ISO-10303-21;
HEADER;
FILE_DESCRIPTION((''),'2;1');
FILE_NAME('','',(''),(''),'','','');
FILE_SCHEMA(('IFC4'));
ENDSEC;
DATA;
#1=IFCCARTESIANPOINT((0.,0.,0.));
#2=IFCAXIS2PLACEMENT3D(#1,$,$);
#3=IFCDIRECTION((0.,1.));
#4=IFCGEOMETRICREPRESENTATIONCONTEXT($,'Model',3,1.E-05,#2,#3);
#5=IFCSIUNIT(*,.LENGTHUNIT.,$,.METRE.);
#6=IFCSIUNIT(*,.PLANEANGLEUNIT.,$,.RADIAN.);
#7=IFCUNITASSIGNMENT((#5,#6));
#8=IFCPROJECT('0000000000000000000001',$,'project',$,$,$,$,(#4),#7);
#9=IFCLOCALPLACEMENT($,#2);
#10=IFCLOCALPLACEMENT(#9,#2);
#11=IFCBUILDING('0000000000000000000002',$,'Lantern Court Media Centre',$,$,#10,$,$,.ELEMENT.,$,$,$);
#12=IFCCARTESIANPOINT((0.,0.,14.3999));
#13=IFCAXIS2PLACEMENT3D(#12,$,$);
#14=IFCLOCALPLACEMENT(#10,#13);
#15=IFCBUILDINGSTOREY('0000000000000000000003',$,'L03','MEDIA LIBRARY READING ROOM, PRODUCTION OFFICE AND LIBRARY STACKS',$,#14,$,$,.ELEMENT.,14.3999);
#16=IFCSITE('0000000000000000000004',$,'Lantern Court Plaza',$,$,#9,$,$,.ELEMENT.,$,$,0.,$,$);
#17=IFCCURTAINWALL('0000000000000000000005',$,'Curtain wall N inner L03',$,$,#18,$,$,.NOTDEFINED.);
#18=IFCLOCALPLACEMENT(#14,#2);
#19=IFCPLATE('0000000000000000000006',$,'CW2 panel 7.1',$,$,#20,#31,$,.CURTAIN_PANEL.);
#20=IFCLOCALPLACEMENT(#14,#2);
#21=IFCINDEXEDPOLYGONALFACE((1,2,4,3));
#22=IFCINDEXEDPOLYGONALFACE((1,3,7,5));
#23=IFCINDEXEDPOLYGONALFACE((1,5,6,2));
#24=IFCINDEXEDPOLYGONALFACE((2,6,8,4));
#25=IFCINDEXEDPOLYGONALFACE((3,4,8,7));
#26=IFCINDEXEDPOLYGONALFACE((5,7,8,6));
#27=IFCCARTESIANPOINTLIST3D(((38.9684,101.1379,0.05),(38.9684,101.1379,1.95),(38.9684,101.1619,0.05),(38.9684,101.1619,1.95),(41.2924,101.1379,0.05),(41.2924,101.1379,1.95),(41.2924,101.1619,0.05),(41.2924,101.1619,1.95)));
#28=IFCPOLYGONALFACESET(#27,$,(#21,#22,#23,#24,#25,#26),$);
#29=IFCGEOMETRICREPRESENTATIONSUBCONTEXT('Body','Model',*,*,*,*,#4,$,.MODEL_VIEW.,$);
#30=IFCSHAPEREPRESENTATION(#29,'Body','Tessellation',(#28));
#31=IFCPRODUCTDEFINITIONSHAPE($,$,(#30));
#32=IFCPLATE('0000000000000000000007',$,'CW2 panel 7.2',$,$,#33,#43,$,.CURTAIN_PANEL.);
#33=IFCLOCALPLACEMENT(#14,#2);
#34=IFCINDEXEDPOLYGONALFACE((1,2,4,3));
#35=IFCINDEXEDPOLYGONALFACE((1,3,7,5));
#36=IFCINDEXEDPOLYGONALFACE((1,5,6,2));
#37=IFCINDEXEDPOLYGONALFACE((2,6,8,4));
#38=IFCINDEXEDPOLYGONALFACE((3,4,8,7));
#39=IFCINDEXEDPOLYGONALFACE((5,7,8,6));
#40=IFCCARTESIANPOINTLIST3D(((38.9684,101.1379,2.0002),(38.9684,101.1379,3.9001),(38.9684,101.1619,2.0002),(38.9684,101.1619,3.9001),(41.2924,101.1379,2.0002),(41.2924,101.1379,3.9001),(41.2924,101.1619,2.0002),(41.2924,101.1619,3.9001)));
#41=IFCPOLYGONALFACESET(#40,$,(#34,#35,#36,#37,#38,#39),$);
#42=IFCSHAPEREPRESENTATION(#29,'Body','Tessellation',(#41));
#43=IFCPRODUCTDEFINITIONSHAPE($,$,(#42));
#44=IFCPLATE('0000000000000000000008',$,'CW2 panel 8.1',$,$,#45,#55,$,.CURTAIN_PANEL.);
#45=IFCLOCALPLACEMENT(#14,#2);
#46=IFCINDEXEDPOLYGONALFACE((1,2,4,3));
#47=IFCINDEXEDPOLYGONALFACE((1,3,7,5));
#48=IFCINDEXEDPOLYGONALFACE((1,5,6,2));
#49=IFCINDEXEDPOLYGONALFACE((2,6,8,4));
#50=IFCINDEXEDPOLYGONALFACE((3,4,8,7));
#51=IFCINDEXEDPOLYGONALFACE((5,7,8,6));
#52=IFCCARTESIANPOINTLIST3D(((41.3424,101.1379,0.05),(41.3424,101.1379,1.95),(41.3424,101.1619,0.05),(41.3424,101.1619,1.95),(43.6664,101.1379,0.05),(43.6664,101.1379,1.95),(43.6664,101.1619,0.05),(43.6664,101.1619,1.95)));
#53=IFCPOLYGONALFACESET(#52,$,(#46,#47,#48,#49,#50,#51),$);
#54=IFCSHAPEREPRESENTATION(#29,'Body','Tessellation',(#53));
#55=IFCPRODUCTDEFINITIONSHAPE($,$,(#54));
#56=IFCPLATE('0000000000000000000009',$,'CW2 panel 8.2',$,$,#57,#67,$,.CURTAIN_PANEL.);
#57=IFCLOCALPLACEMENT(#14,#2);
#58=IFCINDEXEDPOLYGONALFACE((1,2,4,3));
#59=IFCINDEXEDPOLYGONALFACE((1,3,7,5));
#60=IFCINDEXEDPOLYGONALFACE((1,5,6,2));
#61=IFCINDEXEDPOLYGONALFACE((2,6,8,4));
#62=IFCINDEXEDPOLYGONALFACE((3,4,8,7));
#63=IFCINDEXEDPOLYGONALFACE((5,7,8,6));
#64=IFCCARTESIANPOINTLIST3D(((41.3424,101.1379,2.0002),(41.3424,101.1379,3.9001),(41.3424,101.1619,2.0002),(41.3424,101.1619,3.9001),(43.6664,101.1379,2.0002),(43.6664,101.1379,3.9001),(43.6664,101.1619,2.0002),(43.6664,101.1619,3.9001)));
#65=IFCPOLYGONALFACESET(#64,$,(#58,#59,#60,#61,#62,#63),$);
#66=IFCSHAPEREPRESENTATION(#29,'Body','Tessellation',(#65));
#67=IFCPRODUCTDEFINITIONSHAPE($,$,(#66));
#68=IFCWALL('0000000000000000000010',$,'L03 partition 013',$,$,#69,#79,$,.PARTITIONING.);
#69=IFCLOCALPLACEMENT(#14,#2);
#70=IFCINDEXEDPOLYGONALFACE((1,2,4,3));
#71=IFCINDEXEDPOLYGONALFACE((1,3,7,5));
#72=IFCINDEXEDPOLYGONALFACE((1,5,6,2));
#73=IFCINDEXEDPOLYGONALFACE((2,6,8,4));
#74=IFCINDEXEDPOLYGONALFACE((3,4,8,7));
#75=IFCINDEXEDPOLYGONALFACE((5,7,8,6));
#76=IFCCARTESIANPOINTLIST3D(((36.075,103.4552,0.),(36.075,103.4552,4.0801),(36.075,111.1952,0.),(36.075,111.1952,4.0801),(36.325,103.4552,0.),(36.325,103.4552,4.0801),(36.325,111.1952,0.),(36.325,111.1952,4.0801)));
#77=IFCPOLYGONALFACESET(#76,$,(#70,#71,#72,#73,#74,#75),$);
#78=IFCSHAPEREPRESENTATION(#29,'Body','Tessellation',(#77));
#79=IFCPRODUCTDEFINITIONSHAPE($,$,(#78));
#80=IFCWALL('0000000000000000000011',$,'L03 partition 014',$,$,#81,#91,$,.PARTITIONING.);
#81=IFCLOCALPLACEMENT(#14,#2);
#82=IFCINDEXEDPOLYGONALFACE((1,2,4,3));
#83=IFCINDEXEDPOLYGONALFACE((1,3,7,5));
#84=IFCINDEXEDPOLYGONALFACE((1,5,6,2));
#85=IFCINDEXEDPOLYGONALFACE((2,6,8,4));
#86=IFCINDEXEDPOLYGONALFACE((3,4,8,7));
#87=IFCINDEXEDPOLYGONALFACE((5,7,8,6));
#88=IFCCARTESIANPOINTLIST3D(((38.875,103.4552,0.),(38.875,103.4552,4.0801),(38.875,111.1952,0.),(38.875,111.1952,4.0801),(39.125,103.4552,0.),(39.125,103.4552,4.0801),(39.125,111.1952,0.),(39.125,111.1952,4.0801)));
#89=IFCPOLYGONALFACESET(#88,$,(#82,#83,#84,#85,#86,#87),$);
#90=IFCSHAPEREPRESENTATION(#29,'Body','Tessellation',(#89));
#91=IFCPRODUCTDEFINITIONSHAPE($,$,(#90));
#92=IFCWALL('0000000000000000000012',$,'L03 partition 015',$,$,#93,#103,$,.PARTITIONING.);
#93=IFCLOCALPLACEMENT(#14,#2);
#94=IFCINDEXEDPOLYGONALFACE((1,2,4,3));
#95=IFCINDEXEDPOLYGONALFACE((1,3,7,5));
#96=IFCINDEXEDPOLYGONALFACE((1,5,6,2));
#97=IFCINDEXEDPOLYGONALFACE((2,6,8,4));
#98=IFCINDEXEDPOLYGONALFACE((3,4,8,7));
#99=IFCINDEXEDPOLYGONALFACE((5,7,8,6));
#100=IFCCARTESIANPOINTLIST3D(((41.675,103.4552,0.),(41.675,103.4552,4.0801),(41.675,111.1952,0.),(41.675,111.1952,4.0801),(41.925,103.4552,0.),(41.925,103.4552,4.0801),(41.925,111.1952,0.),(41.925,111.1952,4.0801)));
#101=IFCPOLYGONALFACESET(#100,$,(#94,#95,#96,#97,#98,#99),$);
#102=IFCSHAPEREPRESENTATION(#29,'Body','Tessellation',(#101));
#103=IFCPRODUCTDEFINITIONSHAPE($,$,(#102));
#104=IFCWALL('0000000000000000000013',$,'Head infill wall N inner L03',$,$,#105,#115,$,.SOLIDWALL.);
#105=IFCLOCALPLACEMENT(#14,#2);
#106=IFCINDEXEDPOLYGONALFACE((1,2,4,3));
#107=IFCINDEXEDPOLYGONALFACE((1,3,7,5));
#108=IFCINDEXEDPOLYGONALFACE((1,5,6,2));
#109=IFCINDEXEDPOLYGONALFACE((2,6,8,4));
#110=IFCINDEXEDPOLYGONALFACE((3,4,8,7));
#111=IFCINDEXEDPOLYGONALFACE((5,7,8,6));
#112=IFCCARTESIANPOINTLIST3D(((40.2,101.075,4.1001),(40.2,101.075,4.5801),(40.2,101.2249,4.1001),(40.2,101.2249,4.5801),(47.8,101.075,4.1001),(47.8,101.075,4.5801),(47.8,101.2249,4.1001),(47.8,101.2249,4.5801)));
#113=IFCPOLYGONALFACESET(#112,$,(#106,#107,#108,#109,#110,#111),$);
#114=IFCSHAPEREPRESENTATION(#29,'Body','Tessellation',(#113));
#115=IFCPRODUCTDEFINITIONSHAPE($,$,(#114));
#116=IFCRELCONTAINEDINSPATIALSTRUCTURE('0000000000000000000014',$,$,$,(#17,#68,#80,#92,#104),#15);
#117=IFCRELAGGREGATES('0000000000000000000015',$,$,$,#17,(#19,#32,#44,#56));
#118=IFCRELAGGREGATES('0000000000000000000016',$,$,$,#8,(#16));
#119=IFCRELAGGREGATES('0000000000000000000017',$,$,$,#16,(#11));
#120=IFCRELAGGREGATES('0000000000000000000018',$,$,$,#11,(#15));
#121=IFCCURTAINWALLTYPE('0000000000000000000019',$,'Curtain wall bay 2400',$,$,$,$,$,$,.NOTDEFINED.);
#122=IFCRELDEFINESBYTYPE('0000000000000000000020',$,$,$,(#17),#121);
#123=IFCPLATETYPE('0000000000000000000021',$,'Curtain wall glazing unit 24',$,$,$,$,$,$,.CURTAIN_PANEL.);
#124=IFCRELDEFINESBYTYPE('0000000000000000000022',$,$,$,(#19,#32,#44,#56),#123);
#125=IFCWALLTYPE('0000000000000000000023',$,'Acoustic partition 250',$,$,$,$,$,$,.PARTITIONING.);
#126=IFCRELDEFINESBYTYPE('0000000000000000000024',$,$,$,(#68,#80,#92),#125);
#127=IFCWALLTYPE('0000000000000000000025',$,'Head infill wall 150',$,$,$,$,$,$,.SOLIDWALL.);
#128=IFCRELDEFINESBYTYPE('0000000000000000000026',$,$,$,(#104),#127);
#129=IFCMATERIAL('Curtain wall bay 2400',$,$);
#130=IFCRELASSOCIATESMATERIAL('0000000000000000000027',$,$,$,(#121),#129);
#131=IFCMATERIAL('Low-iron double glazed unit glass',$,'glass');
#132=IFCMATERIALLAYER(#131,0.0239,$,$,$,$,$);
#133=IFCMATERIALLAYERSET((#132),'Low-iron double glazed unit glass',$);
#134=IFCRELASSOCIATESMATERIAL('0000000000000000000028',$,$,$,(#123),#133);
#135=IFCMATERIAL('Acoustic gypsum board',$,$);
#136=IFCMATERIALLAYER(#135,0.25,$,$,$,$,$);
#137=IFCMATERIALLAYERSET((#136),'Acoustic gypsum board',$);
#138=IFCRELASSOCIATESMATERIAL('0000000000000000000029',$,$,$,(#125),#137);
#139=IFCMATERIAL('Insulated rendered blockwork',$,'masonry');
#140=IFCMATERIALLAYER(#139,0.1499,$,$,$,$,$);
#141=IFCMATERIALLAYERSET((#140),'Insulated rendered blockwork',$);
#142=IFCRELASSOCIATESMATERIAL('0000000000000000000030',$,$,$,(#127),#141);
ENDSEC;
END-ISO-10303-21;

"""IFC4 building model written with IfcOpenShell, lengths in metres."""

from ifc_helpers import new_model, si_unit, direction, frame, frame_2d, origin, origin_2d, place, context, subcontext, project, spatial, rectangle, extrude, material, layer, layer_set, type_object, element, aggregate, save


model = new_model("IFC4")

# Units and contexts
model_context = context("Model", 3, precision=1e-05, world=origin(), true_north=direction((0.0, 1.0)))
body_context = subcontext(model_context, "Body", "Model", "MODEL_VIEW")
ifc_project = project(units=[si_unit("LENGTHUNIT", "METRE"), si_unit("PLANEANGLEUNIT", "RADIAN")], contexts=[model_context])

# Site, building, storey
site_placement = place(None, origin())
site = spatial("IfcSite", under=ifc_project, at=site_placement, Name="Lantern Court Plaza", CompositionType="ELEMENT", RefElevation=0.0)
building_placement = place(site_placement, origin())
building = spatial("IfcBuilding", under=site, at=building_placement, Name="Lantern Court Media Centre", CompositionType="ELEMENT")
storey_placement = place(building_placement, frame((0.0, 0.0, 14.3999)))
storey = spatial("IfcBuildingStorey", under=building, at=storey_placement, Name="L03", Description="MEDIA LIBRARY READING ROOM, PRODUCTION OFFICE AND LIBRARY STACKS", CompositionType="ELEMENT", Elevation=14.3999)

# Curtain wall
ifc_material_1 = material(Name="Curtain wall bay 2400")
curtain_wall_type = type_object("IfcCurtainWallType", Name="Curtain wall bay 2400", PredefinedType="NOTDEFINED", material=ifc_material_1)
curtain_wall_placement = place(storey_placement, origin())
curtain_wall = element("IfcCurtainWall", 1, at=curtain_wall_placement, inside=storey, type_object=curtain_wall_type, Name="Curtain wall N inner L03", PredefinedType="NOTDEFINED")

# Plates
ifc_material_2 = material(Name="Low-iron double glazed unit glass", Category="glass")
ifc_layer_1 = layer(ifc_material_2, 0.0239)
ifc_layer_set_1 = layer_set([ifc_layer_1], Name="Low-iron double glazed unit glass")
plate_type = type_object("IfcPlateType", Name="Curtain wall glazing unit 24", PredefinedType="CURTAIN_PANEL", material=ifc_layer_set_1)
plate_1_placement = place(storey_placement, frame((40.1304, 101.1499, 0.05), z_axis=(0.0, 0.0, 1.0), x_axis=(1.0, 0.0, 0.0)))
plate_1 = element("IfcPlate", 2, at=plate_1_placement, type_object=plate_type, Name="CW2 panel 7.1", PredefinedType="CURTAIN_PANEL", context=body_context, shape_type="SweptSolid", body=[
    extrude(rectangle(XDim=2.324, YDim=0.0239, at=origin_2d()), origin(), (0.0, 0.0, 1.0), 1.8999),
])
plate_2_placement = place(storey_placement, frame((40.1304, 101.1499, 2.0002), z_axis=(0.0, 0.0, 1.0), x_axis=(1.0, 0.0, 0.0)))
plate_2 = element("IfcPlate", 3, at=plate_2_placement, type_object=plate_type, Name="CW2 panel 7.2", PredefinedType="CURTAIN_PANEL", context=body_context, shape_type="SweptSolid", body=[
    extrude(rectangle(XDim=2.324, YDim=0.0239, at=origin_2d()), origin(), (0.0, 0.0, 1.0), 1.8999),
])
plate_3_placement = place(storey_placement, frame((42.5044, 101.1499, 0.05), z_axis=(0.0, 0.0, 1.0), x_axis=(1.0, 0.0, 0.0)))
plate_3 = element("IfcPlate", 4, at=plate_3_placement, type_object=plate_type, Name="CW2 panel 8.1", PredefinedType="CURTAIN_PANEL", context=body_context, shape_type="SweptSolid", body=[
    extrude(rectangle(XDim=2.324, YDim=0.0239, at=origin_2d()), origin(), (0.0, 0.0, 1.0), 1.8999),
])
plate_4_placement = place(storey_placement, frame((42.5044, 101.1499, 2.0002), z_axis=(0.0, 0.0, 1.0), x_axis=(1.0, 0.0, 0.0)))
plate_4 = element("IfcPlate", 5, at=plate_4_placement, type_object=plate_type, Name="CW2 panel 8.2", PredefinedType="CURTAIN_PANEL", context=body_context, shape_type="SweptSolid", body=[
    extrude(rectangle(XDim=2.324, YDim=0.0239, at=origin_2d()), origin(), (0.0, 0.0, 1.0), 1.8999),
])
aggregate(curtain_wall, [plate_1, plate_2, plate_3, plate_4])

# Walls
ifc_material_3 = material(Name="Acoustic gypsum board")
ifc_layer_2 = layer(ifc_material_3, 0.25)
ifc_layer_set_2 = layer_set([ifc_layer_2], Name="Acoustic gypsum board")
wall_type_1 = type_object("IfcWallType", Name="Acoustic partition 250", PredefinedType="PARTITIONING", material=ifc_layer_set_2)
for number, where, z_axis, x_axis, name in (
    (6, (36.2, 103.4551, 0.0), (0.0, 0.0, 1.0), (0.0, 1.0, 0.0), "L03 partition 013"),
    (7, (39.0, 103.4551, 0.0), (0.0, 0.0, 1.0), (0.0, 1.0, 0.0), "L03 partition 014"),
    (8, (41.8, 103.4551, 0.0), (0.0, 0.0, 1.0), (0.0, 1.0, 0.0), "L03 partition 015"),
):
    element("IfcWall", number, at=place(storey_placement, frame(where, z_axis=z_axis, x_axis=x_axis)), inside=storey, type_object=wall_type_1, Name=name, PredefinedType="PARTITIONING", context=body_context, shape_type="SweptSolid", body=[
        extrude(rectangle(XDim=7.74, YDim=0.25, at=frame_2d((3.8701, 0.0))), origin(), (0.0, 0.0, 1.0), 4.0801),
    ])
ifc_material_4 = material(Name="Insulated rendered blockwork", Category="masonry")
ifc_layer_3 = layer(ifc_material_4, 0.1499)
ifc_layer_set_3 = layer_set([ifc_layer_3], Name="Insulated rendered blockwork")
wall_type_2 = type_object("IfcWallType", Name="Head infill wall 150", PredefinedType="SOLIDWALL", material=ifc_layer_set_3)
wall_placement = place(storey_placement, frame((40.2, 101.1499, 4.1001), z_axis=(0.0, 0.0, 1.0), x_axis=(1.0, 0.0, 0.0)))
element("IfcWall", 9, at=wall_placement, inside=storey, type_object=wall_type_2, Name="Head infill wall N inner L03", PredefinedType="SOLIDWALL", context=body_context, shape_type="SweptSolid", body=[
    extrude(rectangle(XDim=7.6001, YDim=0.1499, at=frame_2d((3.8, 0.0))), origin(), (0.0, 0.0, 1.0), 0.48),
])

save(model, "model.ifc")
